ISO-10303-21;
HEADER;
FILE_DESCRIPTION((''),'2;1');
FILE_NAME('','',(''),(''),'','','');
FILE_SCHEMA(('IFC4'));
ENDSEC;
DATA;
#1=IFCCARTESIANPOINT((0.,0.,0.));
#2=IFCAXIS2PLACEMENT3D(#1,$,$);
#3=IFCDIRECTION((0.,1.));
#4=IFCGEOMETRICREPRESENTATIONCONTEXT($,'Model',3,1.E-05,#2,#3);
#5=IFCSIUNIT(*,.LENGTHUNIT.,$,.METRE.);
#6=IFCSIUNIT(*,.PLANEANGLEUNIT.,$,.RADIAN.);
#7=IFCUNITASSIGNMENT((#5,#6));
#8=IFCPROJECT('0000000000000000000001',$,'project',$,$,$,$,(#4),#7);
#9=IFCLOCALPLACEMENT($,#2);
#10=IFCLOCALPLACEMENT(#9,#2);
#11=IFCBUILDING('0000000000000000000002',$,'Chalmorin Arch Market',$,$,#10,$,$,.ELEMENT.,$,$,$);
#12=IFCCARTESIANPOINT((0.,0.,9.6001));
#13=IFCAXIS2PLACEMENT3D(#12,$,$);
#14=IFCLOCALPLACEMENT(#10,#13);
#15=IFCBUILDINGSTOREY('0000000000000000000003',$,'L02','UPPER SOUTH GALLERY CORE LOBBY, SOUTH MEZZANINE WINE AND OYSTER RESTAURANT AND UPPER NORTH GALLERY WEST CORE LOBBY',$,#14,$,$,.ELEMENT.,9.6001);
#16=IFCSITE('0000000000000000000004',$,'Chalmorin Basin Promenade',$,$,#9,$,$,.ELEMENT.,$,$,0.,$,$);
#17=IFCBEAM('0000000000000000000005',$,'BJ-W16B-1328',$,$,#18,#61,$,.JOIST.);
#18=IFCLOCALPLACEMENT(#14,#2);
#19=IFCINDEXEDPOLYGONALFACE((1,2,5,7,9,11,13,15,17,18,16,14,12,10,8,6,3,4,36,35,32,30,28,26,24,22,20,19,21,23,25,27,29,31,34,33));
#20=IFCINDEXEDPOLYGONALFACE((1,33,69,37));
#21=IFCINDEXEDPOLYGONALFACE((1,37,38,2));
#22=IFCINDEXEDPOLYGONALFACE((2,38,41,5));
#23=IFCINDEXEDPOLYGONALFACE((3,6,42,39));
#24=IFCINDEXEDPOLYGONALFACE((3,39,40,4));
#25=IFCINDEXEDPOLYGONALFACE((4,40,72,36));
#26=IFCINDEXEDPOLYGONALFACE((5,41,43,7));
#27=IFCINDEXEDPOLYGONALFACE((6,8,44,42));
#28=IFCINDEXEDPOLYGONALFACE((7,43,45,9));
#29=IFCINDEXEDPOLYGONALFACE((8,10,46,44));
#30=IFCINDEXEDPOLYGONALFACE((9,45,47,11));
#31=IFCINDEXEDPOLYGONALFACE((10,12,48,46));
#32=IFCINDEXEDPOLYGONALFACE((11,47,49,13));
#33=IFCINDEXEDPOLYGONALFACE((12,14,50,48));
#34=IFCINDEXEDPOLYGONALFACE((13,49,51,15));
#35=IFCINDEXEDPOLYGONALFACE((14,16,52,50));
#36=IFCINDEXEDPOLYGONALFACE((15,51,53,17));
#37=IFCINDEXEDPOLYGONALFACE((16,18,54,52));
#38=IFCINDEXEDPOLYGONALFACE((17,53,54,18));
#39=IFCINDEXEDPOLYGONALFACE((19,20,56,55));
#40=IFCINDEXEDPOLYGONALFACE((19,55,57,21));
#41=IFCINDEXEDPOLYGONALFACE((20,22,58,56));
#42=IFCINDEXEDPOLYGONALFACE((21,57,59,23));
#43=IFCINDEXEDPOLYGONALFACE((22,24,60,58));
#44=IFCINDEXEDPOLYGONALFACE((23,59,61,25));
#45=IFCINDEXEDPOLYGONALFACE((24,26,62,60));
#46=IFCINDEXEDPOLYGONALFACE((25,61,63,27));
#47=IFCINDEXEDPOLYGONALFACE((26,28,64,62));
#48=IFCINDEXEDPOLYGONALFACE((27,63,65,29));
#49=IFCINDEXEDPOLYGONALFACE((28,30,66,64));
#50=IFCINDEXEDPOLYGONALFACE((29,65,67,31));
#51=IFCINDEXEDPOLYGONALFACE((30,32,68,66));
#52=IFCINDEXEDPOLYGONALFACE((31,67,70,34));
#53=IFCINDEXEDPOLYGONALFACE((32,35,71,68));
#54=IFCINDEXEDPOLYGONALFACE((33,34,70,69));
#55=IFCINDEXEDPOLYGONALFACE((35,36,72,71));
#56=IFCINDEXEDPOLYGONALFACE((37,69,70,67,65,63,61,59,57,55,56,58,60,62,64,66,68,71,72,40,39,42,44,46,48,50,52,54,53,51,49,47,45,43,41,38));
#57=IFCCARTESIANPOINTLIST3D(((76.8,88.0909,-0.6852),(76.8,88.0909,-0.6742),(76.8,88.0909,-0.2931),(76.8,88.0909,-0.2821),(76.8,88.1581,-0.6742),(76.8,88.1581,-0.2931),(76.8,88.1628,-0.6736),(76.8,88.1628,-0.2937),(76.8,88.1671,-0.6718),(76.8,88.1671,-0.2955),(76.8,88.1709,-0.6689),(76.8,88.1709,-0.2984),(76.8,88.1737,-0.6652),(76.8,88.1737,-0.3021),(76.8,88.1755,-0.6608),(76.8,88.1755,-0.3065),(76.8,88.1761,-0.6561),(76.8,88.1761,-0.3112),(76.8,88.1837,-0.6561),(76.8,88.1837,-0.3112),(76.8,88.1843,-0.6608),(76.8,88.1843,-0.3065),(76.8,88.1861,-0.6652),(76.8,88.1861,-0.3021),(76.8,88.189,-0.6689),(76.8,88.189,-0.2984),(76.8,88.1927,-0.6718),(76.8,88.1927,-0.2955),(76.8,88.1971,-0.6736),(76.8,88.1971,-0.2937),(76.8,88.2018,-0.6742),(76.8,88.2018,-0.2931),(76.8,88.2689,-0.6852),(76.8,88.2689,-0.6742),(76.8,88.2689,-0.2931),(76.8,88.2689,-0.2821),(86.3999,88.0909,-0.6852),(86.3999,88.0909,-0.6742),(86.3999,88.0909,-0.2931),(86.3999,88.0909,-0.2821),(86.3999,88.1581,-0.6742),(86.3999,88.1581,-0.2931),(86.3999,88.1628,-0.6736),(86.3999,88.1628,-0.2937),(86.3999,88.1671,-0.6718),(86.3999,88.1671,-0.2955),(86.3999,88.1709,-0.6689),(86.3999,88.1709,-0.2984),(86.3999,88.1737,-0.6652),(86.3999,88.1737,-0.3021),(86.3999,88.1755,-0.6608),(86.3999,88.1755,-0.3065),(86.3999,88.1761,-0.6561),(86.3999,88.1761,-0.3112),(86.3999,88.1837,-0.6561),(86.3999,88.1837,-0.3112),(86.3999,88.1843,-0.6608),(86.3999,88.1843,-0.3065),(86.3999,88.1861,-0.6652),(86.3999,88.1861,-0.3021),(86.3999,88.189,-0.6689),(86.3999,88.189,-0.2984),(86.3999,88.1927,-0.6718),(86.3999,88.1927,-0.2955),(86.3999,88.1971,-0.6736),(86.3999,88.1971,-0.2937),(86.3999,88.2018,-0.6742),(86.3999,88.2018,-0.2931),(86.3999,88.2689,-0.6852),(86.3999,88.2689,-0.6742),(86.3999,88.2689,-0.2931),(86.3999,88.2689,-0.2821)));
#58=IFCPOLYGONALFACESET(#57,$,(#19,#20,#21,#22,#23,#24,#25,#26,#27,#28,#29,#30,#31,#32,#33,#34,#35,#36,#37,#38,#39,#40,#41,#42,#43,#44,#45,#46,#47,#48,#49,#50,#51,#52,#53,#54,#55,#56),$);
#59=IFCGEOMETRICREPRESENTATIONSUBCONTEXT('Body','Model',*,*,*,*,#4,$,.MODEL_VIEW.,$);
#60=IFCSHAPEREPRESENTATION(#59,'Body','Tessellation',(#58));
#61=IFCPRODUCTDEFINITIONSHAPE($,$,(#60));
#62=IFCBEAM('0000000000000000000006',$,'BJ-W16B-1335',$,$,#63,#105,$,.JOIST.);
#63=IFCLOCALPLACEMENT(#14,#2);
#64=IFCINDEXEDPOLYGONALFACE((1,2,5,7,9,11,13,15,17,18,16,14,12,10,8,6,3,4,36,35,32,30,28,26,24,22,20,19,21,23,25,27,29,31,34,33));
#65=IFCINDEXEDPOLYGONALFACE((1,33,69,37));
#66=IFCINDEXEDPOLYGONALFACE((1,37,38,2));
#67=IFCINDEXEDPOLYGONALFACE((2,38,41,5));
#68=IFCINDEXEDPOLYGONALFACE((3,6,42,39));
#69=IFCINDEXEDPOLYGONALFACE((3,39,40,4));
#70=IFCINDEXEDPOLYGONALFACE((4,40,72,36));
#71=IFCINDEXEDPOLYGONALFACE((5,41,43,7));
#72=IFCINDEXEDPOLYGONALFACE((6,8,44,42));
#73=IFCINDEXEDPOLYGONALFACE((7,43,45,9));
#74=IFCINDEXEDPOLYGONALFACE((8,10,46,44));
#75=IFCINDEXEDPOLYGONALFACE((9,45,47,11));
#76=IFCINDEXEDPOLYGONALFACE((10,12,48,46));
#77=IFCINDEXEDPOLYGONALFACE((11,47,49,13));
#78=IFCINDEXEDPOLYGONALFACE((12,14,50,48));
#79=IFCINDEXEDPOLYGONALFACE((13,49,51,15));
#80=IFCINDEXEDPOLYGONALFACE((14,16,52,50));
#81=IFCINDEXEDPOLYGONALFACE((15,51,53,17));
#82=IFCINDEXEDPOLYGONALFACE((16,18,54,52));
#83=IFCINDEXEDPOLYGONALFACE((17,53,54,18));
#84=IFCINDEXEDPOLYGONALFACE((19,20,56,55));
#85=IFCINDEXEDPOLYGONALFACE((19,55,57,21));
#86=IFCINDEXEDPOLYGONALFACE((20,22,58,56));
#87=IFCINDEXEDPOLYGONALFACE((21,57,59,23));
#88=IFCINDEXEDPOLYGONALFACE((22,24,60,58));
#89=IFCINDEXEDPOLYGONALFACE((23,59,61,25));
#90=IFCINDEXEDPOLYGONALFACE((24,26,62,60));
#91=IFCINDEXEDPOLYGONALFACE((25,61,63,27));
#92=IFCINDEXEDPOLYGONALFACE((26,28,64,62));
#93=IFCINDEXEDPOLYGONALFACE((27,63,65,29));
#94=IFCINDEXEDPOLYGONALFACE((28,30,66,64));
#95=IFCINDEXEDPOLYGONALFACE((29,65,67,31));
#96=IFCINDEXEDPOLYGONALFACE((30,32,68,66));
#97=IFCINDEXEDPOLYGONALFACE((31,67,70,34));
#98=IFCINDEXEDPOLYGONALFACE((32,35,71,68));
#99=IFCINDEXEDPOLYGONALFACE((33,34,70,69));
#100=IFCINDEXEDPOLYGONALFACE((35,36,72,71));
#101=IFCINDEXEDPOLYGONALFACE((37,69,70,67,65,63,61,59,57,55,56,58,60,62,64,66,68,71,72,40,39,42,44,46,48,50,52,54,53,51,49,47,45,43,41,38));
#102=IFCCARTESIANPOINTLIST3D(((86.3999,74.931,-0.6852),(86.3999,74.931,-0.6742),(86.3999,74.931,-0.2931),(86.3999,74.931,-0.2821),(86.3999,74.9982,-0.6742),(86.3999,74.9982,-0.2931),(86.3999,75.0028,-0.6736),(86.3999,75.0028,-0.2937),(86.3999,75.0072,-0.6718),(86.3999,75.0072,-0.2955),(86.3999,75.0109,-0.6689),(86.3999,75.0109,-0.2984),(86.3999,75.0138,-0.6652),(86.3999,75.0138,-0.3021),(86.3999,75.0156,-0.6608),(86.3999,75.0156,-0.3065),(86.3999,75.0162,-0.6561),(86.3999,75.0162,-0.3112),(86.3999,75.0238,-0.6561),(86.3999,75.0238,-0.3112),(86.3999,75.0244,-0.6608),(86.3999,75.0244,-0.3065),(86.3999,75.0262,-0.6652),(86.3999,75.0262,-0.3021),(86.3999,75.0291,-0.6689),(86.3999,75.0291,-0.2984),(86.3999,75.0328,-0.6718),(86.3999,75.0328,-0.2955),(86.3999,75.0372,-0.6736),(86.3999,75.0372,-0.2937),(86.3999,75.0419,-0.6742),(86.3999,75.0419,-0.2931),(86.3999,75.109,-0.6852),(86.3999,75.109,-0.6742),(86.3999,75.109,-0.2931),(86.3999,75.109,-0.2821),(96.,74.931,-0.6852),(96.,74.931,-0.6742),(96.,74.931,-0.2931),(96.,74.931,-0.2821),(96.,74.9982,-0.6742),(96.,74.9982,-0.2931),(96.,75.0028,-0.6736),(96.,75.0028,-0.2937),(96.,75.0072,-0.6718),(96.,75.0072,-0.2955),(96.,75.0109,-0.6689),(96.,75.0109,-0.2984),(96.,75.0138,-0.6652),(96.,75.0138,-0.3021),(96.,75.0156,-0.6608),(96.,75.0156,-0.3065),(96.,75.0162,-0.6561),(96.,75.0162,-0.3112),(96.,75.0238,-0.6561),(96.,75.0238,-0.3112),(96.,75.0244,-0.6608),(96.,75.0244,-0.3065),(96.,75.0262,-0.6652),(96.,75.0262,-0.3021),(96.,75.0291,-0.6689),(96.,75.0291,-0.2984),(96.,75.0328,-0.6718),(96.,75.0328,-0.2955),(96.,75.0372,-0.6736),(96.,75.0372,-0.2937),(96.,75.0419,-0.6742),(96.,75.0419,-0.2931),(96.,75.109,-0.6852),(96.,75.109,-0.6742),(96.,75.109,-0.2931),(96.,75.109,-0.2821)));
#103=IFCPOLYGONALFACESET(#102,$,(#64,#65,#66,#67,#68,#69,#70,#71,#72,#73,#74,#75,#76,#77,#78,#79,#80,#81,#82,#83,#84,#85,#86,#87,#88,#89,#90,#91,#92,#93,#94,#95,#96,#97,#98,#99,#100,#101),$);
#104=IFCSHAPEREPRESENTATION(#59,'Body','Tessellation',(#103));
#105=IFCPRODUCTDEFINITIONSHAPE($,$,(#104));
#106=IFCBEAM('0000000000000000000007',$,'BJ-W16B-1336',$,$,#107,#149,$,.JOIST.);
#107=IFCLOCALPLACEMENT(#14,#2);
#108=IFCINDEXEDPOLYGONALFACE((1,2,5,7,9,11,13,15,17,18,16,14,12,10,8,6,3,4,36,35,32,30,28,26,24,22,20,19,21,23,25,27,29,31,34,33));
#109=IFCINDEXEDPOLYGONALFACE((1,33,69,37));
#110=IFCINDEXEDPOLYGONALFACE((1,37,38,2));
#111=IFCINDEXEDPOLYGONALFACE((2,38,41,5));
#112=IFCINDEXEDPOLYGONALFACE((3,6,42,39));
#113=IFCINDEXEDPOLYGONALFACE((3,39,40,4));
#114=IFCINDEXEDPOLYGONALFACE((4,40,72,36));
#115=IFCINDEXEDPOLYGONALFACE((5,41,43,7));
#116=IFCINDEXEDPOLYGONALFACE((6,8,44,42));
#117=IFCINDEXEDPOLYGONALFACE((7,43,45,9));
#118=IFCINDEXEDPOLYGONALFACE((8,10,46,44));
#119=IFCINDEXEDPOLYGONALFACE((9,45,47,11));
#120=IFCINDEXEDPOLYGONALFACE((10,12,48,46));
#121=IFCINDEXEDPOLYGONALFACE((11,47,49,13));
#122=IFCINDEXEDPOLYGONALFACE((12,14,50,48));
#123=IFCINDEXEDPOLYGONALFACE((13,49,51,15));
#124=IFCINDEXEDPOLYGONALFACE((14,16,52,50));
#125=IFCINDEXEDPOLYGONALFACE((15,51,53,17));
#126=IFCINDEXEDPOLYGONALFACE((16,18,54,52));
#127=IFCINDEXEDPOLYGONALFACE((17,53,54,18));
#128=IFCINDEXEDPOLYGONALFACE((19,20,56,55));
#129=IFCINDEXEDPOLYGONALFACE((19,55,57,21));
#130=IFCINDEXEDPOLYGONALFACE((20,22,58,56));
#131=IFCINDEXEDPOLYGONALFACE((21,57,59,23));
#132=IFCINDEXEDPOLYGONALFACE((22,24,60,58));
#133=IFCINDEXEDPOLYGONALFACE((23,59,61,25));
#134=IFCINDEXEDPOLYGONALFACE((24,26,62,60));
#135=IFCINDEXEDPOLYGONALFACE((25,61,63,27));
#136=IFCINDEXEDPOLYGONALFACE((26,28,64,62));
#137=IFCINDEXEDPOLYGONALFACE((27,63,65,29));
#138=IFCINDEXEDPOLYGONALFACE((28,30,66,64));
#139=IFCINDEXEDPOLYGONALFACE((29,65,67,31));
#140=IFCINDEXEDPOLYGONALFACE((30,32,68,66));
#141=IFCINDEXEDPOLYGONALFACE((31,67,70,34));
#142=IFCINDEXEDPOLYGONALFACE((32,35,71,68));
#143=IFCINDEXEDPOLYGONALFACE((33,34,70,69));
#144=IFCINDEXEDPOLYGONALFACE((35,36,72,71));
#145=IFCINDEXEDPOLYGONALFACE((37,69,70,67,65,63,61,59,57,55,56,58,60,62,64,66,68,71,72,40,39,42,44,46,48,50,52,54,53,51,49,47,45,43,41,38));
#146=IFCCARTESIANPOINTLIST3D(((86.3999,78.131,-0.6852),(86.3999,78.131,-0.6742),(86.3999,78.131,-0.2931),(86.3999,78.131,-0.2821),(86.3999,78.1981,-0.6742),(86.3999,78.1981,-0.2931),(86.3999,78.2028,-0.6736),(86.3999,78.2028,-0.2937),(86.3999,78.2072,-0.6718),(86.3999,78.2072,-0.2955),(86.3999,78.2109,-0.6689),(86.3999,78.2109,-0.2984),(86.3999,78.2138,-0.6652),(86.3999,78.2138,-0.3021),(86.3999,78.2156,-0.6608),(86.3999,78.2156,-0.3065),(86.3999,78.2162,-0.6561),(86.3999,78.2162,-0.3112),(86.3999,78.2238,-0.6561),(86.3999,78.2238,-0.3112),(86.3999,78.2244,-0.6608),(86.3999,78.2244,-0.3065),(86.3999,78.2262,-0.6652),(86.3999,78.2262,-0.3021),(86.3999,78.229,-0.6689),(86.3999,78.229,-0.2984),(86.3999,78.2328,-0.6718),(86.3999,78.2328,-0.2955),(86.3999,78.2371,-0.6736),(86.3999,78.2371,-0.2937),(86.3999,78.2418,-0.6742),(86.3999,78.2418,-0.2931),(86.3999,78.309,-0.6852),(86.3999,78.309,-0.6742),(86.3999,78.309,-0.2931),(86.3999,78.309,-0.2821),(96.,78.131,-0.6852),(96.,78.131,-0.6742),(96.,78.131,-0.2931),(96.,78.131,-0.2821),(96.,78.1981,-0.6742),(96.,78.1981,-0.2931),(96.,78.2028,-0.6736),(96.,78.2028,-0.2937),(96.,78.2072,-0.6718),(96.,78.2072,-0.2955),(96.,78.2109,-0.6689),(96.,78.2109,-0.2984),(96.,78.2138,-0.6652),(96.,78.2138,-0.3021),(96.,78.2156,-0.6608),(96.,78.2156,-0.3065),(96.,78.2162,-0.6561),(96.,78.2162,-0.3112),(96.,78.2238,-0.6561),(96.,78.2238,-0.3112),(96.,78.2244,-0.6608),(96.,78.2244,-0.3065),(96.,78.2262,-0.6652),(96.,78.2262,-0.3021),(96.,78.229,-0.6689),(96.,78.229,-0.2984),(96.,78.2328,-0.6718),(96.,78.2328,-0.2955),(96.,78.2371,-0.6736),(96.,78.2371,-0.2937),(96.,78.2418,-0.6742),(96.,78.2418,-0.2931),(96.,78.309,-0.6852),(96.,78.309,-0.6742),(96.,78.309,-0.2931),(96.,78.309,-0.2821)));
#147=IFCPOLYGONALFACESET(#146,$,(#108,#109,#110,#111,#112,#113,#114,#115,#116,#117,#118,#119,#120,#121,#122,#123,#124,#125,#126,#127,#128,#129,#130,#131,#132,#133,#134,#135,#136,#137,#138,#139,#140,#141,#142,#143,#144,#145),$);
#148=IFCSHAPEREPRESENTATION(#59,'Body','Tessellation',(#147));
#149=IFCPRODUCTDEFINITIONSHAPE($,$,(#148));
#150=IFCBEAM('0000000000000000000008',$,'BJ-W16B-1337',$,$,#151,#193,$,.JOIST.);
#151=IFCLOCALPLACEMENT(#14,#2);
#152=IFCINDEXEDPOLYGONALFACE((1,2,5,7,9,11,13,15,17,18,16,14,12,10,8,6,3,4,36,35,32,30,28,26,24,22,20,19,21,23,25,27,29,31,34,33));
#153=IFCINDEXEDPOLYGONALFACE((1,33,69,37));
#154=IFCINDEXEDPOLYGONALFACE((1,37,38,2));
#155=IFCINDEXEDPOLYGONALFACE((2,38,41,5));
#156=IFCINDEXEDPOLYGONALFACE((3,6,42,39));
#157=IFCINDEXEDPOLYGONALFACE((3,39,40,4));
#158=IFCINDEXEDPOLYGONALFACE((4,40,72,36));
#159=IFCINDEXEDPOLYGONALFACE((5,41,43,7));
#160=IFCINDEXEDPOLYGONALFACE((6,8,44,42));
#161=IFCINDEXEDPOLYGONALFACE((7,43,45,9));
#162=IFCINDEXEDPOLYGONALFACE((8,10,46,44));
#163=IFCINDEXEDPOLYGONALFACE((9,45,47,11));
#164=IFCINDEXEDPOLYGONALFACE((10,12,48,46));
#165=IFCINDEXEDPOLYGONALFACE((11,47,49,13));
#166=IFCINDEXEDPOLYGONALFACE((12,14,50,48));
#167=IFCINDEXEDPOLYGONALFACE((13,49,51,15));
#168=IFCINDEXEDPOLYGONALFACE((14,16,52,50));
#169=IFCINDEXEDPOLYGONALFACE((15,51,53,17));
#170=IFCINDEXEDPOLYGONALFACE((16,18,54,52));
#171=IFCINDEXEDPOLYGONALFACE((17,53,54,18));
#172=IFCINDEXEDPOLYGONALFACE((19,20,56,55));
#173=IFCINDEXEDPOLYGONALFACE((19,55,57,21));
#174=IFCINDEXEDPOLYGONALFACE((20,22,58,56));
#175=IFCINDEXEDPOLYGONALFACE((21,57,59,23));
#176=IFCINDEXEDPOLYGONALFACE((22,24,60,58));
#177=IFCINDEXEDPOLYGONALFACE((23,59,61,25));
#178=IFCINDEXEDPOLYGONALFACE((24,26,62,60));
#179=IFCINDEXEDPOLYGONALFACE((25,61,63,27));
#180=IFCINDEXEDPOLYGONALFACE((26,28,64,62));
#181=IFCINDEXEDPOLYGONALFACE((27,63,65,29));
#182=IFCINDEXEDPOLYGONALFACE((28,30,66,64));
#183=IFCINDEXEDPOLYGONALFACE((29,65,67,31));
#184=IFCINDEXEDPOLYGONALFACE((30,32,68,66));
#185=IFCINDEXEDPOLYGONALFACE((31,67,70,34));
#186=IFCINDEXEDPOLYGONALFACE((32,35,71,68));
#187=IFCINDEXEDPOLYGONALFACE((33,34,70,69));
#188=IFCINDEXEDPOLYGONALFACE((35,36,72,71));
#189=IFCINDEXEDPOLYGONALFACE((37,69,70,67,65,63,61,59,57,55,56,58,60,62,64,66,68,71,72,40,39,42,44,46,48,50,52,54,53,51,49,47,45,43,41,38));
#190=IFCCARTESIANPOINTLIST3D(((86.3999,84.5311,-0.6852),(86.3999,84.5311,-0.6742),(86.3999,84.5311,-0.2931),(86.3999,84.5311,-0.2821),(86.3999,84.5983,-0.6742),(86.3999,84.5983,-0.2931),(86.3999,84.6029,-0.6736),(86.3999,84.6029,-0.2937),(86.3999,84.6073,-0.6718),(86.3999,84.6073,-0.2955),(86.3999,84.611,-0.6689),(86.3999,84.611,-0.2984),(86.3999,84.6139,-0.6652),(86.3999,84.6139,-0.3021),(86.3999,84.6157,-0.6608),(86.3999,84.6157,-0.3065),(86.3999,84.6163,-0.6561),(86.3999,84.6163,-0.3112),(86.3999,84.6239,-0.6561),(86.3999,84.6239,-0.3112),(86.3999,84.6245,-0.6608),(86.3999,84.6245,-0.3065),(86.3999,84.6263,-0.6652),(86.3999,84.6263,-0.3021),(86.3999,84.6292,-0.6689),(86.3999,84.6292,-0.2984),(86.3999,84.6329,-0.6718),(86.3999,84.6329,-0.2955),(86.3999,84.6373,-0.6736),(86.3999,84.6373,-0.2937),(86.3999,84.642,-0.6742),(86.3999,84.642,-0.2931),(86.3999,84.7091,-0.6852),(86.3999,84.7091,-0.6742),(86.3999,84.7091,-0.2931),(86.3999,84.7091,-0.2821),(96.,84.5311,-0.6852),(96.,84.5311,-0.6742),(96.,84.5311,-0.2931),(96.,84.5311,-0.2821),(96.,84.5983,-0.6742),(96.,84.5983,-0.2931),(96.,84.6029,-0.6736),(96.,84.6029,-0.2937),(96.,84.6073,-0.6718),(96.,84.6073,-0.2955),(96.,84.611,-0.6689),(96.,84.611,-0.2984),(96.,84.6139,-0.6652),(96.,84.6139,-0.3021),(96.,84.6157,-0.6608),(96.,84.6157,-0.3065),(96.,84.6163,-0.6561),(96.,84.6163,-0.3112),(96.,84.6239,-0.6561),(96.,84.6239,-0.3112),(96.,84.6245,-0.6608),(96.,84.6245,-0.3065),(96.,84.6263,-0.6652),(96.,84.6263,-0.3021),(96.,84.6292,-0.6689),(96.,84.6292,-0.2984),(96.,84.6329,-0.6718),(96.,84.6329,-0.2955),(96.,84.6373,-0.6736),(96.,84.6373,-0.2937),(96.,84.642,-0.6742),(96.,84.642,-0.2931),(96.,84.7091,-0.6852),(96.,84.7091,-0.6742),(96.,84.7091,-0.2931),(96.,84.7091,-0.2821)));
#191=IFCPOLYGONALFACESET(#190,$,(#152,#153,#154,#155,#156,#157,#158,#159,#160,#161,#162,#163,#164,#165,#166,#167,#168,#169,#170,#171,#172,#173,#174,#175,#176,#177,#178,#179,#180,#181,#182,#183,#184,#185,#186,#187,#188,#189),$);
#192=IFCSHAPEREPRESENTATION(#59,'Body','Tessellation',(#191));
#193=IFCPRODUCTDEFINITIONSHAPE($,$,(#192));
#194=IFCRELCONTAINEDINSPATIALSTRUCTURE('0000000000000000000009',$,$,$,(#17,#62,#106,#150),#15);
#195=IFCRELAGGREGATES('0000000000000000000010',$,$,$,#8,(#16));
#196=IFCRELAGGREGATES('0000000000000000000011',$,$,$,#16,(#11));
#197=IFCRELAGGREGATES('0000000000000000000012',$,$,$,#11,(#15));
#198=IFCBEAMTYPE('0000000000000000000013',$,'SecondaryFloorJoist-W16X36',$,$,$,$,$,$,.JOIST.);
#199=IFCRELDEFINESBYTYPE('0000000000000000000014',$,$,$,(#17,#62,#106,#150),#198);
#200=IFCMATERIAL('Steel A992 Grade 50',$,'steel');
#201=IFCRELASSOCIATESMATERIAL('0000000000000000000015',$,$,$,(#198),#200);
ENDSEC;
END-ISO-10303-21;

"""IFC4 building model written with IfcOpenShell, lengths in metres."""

from ifc_helpers import new_model, si_unit, direction, frame, origin, origin_2d, place, context, subcontext, project, spatial, i_section, extrude, material, material_profile, profile_set, type_object, element, save


model = new_model("IFC4")

# Units and contexts
model_context = context("Model", 3, precision=1e-05, world=origin(), true_north=direction((0.0, 1.0)))
body_context = subcontext(model_context, "Body", "Model", "MODEL_VIEW")
ifc_project = project(units=[si_unit("LENGTHUNIT", "METRE"), si_unit("PLANEANGLEUNIT", "RADIAN")], contexts=[model_context])

# Site, building, storey
site_placement = place(None, origin())
site = spatial("IfcSite", under=ifc_project, at=site_placement, Name="Chalmorin Basin Promenade", CompositionType="ELEMENT", RefElevation=0.0)
building_placement = place(site_placement, origin())
building = spatial("IfcBuilding", under=site, at=building_placement, Name="Chalmorin Arch Market", CompositionType="ELEMENT")
storey_placement = place(building_placement, frame((0.0, 0.0, 9.6001)))
storey = spatial("IfcBuildingStorey", under=building, at=storey_placement, Name="L02", Description="UPPER SOUTH GALLERY CORE LOBBY, SOUTH MEZZANINE WINE AND OYSTER RESTAURANT AND UPPER NORTH GALLERY WEST CORE LOBBY", CompositionType="ELEMENT", Elevation=9.6001)

# Beams
ifc_material_1 = material(Name="Steel A992 Grade 50", Category="steel")
ifc_material_profile_1 = material_profile(ifc_material_1, i_section(OverallWidth=0.178, OverallDepth=0.4031, WebThickness=0.0076, FlangeThickness=0.011, FilletRadius=0.0181, at=origin_2d()), Name="W16X36")
ifc_profile_set_1 = profile_set([ifc_material_profile_1], Name="Steel A992 Grade 50")
beam_type_1 = type_object("IfcBeamType", Name="SecondaryFloorJoist-W16X36", PredefinedType="JOIST", material=ifc_profile_set_1)
for number, where, z_axis, x_axis, name in (
    (1, (76.8, 88.1799, -0.4836), (1.0, 0.0, 0.0), (0.0, 1.0, 0.0), "BJ-W16B-1328"),
):
    element("IfcBeam", number, at=place(storey_placement, frame(where, z_axis=z_axis, x_axis=x_axis)), inside=storey, type_object=beam_type_1, Name=name, PredefinedType="JOIST", context=body_context, shape_type="SweptSolid", body=[
        extrude(i_section(OverallWidth=0.178, OverallDepth=0.4031, WebThickness=0.0076, FlangeThickness=0.011, FilletRadius=0.0181, at=origin_2d()), origin(), (0.0, 0.0, 1.0), 9.5999),
    ])
for number, where, z_axis, x_axis, name in (
    (2, (86.3999, 75.02, -0.4836), (1.0, 0.0, 0.0), (0.0, 1.0, 0.0), "BJ-W16B-1335"),
    (3, (86.3999, 78.22, -0.4836), (1.0, 0.0, 0.0), (0.0, 1.0, 0.0), "BJ-W16B-1336"),
    (4, (86.3999, 84.6201, -0.4836), (1.0, 0.0, 0.0), (0.0, 1.0, 0.0), "BJ-W16B-1337"),
):
    element("IfcBeam", number, at=place(storey_placement, frame(where, z_axis=z_axis, x_axis=x_axis)), inside=storey, type_object=beam_type_1, Name=name, PredefinedType="JOIST", context=body_context, shape_type="SweptSolid", body=[
        extrude(i_section(OverallWidth=0.178, OverallDepth=0.4031, WebThickness=0.0076, FlangeThickness=0.011, FilletRadius=0.0181, at=origin_2d()), origin(), (0.0, 0.0, 1.0), 9.6001),
    ])

save(model, "model.ifc")
